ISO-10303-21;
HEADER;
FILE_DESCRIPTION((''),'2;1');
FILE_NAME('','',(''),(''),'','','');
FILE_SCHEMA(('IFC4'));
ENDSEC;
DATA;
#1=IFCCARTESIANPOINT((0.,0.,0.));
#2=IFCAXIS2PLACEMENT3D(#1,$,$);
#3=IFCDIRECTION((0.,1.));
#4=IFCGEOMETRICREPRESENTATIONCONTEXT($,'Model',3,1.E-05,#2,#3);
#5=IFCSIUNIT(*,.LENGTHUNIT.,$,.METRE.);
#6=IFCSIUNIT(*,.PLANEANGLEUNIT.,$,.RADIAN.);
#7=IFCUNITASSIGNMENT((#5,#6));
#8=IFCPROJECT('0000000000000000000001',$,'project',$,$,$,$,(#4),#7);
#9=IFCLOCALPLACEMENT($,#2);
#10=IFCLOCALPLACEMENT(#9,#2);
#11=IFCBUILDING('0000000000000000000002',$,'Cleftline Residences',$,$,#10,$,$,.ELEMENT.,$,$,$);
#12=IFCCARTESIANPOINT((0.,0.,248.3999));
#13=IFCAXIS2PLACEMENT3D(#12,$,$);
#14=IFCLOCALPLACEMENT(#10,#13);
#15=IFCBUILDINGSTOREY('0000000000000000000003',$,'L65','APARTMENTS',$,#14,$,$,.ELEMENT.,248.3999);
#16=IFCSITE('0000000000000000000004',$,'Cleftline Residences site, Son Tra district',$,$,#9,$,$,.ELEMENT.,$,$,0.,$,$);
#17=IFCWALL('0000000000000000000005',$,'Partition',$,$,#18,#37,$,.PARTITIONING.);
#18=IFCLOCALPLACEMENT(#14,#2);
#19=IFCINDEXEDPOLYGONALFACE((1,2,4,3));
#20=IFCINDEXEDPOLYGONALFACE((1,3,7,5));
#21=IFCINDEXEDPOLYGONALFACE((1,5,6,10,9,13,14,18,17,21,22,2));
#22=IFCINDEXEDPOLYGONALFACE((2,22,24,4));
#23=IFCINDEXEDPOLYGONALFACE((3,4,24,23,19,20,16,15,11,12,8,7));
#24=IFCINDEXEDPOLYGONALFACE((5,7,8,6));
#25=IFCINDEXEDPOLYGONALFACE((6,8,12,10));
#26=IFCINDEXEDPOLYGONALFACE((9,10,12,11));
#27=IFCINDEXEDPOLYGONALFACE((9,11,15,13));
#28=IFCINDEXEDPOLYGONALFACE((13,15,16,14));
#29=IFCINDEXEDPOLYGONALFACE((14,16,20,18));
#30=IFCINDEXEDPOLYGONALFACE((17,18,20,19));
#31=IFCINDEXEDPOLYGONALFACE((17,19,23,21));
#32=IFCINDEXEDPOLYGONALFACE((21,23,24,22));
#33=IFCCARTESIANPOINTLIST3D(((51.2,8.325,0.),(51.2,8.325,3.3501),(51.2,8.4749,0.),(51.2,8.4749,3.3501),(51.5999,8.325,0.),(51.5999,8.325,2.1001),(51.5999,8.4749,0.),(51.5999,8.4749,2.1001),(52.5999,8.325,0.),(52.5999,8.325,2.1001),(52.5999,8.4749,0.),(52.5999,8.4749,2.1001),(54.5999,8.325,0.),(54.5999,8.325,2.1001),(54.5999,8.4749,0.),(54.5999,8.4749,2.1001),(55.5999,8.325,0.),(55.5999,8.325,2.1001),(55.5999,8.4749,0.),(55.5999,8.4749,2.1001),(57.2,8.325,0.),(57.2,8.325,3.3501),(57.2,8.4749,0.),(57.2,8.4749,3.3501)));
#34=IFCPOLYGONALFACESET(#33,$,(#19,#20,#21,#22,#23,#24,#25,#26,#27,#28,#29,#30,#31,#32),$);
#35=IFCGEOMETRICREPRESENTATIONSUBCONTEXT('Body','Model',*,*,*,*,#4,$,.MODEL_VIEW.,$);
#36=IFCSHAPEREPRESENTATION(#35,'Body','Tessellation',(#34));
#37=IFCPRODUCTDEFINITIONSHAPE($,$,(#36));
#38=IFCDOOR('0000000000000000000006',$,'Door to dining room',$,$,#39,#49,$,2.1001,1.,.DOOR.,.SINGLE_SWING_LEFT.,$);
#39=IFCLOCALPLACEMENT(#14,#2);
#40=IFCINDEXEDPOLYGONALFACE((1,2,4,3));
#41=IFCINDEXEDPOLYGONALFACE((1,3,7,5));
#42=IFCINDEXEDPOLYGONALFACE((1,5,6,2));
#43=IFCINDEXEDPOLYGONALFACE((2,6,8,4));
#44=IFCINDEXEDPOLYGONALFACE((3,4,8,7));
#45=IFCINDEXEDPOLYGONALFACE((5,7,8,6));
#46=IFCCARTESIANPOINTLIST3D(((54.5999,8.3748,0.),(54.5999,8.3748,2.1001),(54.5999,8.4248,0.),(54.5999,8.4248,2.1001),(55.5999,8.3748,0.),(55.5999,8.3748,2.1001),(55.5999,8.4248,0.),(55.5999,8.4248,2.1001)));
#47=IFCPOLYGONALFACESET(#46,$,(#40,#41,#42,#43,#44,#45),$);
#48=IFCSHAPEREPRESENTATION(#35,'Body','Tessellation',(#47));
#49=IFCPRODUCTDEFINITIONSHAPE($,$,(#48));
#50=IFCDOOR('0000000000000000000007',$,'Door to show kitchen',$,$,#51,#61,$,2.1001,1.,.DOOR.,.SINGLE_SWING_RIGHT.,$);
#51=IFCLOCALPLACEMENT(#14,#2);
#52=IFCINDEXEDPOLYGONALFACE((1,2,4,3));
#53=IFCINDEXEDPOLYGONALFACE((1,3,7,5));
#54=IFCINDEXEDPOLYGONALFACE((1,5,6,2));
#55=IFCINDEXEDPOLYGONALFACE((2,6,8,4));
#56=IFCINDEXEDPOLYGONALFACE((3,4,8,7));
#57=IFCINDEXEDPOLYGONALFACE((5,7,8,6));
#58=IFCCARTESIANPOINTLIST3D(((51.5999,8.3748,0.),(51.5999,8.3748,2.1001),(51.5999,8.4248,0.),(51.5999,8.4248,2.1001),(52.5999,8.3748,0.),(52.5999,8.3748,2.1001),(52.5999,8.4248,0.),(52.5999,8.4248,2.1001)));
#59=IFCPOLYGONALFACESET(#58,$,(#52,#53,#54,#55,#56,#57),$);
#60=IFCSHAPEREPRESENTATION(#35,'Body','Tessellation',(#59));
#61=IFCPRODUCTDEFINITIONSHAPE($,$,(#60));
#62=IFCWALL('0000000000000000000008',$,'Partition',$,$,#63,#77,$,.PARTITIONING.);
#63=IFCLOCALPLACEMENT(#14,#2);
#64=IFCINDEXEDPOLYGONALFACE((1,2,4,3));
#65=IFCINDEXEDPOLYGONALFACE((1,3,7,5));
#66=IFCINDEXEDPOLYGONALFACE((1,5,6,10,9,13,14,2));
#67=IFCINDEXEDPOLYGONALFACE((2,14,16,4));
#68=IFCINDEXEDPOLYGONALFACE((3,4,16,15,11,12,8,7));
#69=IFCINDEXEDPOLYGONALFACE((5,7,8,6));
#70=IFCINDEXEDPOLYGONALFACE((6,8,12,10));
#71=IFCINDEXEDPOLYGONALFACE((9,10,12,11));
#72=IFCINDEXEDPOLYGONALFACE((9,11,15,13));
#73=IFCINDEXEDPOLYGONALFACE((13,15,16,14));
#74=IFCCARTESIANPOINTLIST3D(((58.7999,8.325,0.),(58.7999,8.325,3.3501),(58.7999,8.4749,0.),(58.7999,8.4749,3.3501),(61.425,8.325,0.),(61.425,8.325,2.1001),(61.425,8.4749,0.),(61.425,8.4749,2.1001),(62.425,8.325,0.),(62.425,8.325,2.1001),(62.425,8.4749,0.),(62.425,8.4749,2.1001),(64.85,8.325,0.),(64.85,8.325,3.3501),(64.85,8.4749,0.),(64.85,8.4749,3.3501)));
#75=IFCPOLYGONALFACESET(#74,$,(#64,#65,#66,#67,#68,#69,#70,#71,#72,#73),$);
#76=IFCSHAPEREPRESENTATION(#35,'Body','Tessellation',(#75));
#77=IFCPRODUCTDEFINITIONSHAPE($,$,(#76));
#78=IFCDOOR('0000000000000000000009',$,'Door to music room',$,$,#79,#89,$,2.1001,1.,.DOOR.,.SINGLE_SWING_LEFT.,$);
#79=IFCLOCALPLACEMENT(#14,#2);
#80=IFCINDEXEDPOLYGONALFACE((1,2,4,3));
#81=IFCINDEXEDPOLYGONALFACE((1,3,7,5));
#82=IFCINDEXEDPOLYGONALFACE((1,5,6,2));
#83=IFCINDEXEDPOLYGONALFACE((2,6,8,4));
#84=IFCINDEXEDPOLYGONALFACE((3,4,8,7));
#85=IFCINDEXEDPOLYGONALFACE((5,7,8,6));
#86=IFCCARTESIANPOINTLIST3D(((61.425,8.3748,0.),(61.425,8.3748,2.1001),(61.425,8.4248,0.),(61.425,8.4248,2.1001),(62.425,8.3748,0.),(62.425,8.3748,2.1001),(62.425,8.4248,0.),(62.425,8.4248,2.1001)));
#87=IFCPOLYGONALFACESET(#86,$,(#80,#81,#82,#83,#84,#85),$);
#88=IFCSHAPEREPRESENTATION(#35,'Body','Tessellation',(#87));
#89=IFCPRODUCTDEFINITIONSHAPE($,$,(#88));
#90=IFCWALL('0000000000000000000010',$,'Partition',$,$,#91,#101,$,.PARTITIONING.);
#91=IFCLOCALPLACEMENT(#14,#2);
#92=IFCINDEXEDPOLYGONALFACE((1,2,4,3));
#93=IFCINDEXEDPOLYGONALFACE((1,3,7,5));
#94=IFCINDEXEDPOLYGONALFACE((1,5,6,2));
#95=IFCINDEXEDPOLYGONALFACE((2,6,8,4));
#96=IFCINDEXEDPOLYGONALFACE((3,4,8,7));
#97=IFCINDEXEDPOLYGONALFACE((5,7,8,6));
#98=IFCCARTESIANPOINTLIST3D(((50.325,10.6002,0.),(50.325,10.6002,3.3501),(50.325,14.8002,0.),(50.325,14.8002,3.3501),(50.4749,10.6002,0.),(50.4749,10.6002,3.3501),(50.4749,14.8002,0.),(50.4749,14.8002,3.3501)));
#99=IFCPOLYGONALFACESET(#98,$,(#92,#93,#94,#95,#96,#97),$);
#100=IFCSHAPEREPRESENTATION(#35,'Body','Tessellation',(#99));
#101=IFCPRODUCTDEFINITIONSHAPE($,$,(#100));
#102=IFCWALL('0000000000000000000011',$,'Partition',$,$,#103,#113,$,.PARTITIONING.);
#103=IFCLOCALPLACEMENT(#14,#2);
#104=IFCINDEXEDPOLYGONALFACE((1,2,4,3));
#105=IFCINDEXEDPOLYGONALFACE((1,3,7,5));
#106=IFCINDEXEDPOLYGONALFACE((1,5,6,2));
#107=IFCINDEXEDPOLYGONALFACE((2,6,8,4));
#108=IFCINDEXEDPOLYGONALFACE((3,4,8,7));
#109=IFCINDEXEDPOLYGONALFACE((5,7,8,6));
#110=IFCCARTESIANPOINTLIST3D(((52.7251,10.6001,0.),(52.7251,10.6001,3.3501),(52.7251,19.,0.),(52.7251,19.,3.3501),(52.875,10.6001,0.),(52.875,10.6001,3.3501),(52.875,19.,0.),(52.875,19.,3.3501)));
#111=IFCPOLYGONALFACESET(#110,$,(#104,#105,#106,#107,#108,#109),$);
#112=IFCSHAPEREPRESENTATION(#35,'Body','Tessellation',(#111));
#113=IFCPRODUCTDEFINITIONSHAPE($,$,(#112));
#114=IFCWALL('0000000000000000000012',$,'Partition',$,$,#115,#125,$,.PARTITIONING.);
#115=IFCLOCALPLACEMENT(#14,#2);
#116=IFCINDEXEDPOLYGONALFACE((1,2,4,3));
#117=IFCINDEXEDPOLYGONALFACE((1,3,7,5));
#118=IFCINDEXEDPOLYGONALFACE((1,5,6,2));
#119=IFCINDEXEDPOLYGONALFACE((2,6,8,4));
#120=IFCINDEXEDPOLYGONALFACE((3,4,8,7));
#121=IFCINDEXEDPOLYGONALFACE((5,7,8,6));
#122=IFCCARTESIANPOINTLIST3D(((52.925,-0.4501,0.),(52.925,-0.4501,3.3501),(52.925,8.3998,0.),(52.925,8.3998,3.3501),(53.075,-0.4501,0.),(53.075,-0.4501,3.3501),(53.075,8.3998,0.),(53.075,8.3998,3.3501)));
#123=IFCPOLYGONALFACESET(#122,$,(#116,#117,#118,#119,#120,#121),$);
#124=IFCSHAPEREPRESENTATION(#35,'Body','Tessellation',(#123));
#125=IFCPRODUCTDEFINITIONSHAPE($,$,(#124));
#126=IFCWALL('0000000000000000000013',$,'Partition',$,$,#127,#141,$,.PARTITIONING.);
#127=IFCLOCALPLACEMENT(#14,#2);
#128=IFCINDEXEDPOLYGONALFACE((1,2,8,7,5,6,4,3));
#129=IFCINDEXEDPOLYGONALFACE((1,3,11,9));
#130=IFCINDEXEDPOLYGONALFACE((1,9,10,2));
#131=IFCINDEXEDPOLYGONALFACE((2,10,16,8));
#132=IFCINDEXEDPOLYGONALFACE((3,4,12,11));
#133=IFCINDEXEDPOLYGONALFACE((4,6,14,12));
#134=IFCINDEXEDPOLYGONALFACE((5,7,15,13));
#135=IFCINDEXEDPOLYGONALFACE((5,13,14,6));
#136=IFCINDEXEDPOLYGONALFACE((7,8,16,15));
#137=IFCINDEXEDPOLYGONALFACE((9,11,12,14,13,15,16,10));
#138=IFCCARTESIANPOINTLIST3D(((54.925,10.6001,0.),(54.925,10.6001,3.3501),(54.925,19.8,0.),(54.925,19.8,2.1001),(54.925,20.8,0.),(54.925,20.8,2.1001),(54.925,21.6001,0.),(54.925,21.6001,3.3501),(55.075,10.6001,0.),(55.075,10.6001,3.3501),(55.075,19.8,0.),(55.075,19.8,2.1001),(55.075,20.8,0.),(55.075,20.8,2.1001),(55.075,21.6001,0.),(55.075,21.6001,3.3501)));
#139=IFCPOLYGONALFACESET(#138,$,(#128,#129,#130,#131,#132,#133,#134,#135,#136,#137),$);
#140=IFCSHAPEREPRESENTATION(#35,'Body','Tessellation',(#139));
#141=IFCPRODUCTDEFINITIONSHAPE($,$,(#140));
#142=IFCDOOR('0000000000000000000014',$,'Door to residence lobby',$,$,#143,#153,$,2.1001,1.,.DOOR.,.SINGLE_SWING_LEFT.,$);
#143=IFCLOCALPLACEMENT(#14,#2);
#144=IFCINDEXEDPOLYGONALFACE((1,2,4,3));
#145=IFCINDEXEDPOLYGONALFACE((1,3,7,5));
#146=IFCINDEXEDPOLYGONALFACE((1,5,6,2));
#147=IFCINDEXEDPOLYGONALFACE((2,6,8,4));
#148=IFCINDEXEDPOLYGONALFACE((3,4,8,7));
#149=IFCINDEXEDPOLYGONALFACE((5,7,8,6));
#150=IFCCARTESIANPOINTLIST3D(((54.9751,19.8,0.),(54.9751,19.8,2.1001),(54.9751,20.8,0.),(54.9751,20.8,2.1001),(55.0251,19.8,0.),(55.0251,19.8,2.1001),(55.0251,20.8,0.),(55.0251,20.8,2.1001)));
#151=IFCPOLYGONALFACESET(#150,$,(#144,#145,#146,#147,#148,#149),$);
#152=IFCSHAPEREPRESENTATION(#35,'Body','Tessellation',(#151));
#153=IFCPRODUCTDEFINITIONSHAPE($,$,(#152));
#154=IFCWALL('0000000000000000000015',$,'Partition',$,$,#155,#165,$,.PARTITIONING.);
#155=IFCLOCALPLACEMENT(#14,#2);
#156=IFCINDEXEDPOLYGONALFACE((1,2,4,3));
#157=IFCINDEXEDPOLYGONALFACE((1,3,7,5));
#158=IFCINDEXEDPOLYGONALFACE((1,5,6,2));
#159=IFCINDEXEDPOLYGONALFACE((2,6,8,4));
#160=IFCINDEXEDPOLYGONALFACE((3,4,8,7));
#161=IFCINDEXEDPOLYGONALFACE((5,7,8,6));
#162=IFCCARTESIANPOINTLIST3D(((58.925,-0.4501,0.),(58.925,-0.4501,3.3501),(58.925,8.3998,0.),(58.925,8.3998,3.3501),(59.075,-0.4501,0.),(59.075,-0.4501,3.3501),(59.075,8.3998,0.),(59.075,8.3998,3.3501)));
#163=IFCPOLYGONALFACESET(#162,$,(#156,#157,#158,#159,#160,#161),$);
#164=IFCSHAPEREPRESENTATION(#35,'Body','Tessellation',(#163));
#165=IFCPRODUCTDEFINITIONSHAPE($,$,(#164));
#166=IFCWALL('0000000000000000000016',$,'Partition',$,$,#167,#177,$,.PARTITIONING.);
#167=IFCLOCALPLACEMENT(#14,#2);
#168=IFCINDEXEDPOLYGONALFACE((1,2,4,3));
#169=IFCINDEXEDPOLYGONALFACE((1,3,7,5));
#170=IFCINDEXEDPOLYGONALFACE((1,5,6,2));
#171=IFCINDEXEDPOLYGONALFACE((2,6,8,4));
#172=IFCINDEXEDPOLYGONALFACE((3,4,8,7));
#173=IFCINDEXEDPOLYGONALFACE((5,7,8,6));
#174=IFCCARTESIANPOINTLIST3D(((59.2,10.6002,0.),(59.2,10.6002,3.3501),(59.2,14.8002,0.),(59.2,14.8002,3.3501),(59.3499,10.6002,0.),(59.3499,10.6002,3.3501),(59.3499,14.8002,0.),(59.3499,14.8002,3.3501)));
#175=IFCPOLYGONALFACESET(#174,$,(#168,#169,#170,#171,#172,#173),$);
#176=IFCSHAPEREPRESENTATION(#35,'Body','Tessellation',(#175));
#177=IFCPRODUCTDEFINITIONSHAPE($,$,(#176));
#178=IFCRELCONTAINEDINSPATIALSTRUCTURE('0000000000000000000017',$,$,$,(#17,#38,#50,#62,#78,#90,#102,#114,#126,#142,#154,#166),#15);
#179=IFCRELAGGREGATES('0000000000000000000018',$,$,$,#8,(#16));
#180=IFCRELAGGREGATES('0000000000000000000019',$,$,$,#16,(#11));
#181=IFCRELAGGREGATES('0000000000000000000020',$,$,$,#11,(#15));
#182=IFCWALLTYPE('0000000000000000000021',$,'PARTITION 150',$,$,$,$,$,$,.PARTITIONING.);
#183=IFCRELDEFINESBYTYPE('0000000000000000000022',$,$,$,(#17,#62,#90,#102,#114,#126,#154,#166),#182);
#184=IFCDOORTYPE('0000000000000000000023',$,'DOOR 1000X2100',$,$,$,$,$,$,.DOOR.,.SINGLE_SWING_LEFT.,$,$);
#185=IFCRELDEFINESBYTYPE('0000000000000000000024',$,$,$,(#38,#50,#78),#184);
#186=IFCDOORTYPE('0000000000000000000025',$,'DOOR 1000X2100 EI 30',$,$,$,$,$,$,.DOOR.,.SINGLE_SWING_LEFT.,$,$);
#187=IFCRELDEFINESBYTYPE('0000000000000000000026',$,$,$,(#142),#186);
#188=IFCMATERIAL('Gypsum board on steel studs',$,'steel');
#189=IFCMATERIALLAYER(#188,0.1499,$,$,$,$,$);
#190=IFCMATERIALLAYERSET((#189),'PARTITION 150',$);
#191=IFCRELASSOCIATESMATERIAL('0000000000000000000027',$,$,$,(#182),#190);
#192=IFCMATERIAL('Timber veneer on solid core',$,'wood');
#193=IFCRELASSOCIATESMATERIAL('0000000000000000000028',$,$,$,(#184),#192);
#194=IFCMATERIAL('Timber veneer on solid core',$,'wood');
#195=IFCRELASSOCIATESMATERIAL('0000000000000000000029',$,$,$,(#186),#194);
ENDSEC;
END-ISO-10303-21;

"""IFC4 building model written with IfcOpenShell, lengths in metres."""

from ifc_helpers import new_model, si_unit, direction, frame, frame_2d, origin, place, context, subcontext, project, spatial, rectangle, extrude, material, layer, layer_set, type_object, element, fill, save


model = new_model("IFC4")

# Units and contexts
model_context = context("Model", 3, precision=1e-05, world=origin(), true_north=direction((0.0, 1.0)))
body_context = subcontext(model_context, "Body", "Model", "MODEL_VIEW")
ifc_project = project(units=[si_unit("LENGTHUNIT", "METRE"), si_unit("PLANEANGLEUNIT", "RADIAN")], contexts=[model_context])

# Site, building, storey
site_placement = place(None, origin())
site = spatial("IfcSite", under=ifc_project, at=site_placement, Name="Cleftline Residences site, Son Tra district", CompositionType="ELEMENT", RefElevation=0.0)
building_placement = place(site_placement, origin())
building = spatial("IfcBuilding", under=site, at=building_placement, Name="Cleftline Residences", CompositionType="ELEMENT")
storey_placement = place(building_placement, frame((0.0, 0.0, 248.3999)))
storey = spatial("IfcBuildingStorey", under=building, at=storey_placement, Name="L65", Description="APARTMENTS", CompositionType="ELEMENT", Elevation=248.3999)

# Wall, openings, doors
ifc_material_1 = material(Name="Gypsum board on steel studs", Category="steel")
ifc_layer_1 = layer(ifc_material_1, 0.1499)
ifc_layer_set_1 = layer_set([ifc_layer_1], Name="PARTITION 150")
wall_type_1 = type_object("IfcWallType", Name="PARTITION 150", PredefinedType="PARTITIONING", material=ifc_layer_set_1)
wall_1_placement = place(storey_placement, frame((51.2, 8.3999, 0.0), z_axis=(0.0, 0.0, 1.0), x_axis=(1.0, 0.0, 0.0)))
wall_1 = element("IfcWall", 1, at=wall_1_placement, inside=storey, type_object=wall_type_1, Name="Partition", PredefinedType="PARTITIONING", context=body_context, shape_type="SweptSolid", body=[
    extrude(rectangle(XDim=6.0, YDim=0.1499, at=frame_2d((3.0, 0.0))), origin(), (0.0, 0.0, 1.0), 3.3501),
])
opening_1_placement = place(wall_1_placement, frame((3.3999, 0.0, 0.0)))
opening_1 = element("IfcOpeningElement", 2, at=opening_1_placement, cuts=wall_1, PredefinedType="OPENING", context=body_context, shape_type="SweptSolid", body=[
    extrude(rectangle(XDim=1.0, YDim=2.1001, at=frame_2d((0.5, 1.05))), frame((0.0, 0.085, 0.0), z_axis=(0.0, -1.0, 0.0), x_axis=(1.0, 0.0, 0.0)), (0.0, 0.0, 1.0), 0.1699),
])
opening_2_placement = place(wall_1_placement, frame((0.3999, 0.0, 0.0)))
opening_2 = element("IfcOpeningElement", 3, at=opening_2_placement, cuts=wall_1, PredefinedType="OPENING", context=body_context, shape_type="SweptSolid", body=[
    extrude(rectangle(XDim=1.0, YDim=2.1001, at=frame_2d((0.5, 1.05))), frame((0.0, 0.085, 0.0), z_axis=(0.0, -1.0, 0.0), x_axis=(1.0, 0.0, 0.0)), (0.0, 0.0, 1.0), 0.1699),
])
ifc_material_2 = material(Name="Timber veneer on solid core", Category="wood")
door_type_1 = type_object("IfcDoorType", Name="DOOR 1000X2100", OperationType="SINGLE_SWING_LEFT", PredefinedType="DOOR", material=ifc_material_2)
door_1_placement = place(opening_1_placement, origin())
door_1 = element("IfcDoor", 4, at=door_1_placement, inside=storey, type_object=door_type_1, Name="Door to dining room", OperationType="SINGLE_SWING_LEFT", OverallHeight=2.1001, OverallWidth=1.0, PredefinedType="DOOR", context=body_context, shape_type="SweptSolid", body=[
    extrude(rectangle(XDim=1.0, YDim=2.1001, at=frame_2d((0.5, 1.05))), frame((0.0, 0.0249, 0.0), z_axis=(0.0, -1.0, 0.0), x_axis=(1.0, 0.0, 0.0)), (0.0, 0.0, 1.0), 0.05),
])
fill(opening_1, door_1)
door_2_placement = place(opening_2_placement, origin())
door_2 = element("IfcDoor", 5, at=door_2_placement, inside=storey, type_object=door_type_1, Name="Door to show kitchen", OperationType="SINGLE_SWING_RIGHT", OverallHeight=2.1001, OverallWidth=1.0, PredefinedType="DOOR", context=body_context, shape_type="SweptSolid", body=[
    extrude(rectangle(XDim=1.0, YDim=2.1001, at=frame_2d((0.5, 1.05))), frame((0.0, 0.0249, 0.0), z_axis=(0.0, -1.0, 0.0), x_axis=(1.0, 0.0, 0.0)), (0.0, 0.0, 1.0), 0.05),
])
fill(opening_2, door_2)

# Wall, opening, door
wall_2_placement = place(storey_placement, frame((58.8, 8.3999, 0.0), z_axis=(0.0, 0.0, 1.0), x_axis=(1.0, 0.0, 0.0)))
wall_2 = element("IfcWall", 6, at=wall_2_placement, inside=storey, type_object=wall_type_1, Name="Partition", PredefinedType="PARTITIONING", context=body_context, shape_type="SweptSolid", body=[
    extrude(rectangle(XDim=6.05, YDim=0.1499, at=frame_2d((3.0249, 0.0))), origin(), (0.0, 0.0, 1.0), 3.3501),
])
opening_3_placement = place(wall_2_placement, frame((2.625, 0.0, 0.0)))
opening_3 = element("IfcOpeningElement", 7, at=opening_3_placement, cuts=wall_2, PredefinedType="OPENING", context=body_context, shape_type="SweptSolid", body=[
    extrude(rectangle(XDim=1.0, YDim=2.1001, at=frame_2d((0.5, 1.05))), frame((0.0, 0.085, 0.0), z_axis=(0.0, -1.0, 0.0), x_axis=(1.0, 0.0, 0.0)), (0.0, 0.0, 1.0), 0.1699),
])
door_3_placement = place(opening_3_placement, origin())
door_3 = element("IfcDoor", 8, at=door_3_placement, inside=storey, type_object=door_type_1, Name="Door to music room", OperationType="SINGLE_SWING_LEFT", OverallHeight=2.1001, OverallWidth=1.0, PredefinedType="DOOR", context=body_context, shape_type="SweptSolid", body=[
    extrude(rectangle(XDim=1.0, YDim=2.1001, at=frame_2d((0.5, 1.05))), frame((0.0, 0.0249, 0.0), z_axis=(0.0, -1.0, 0.0), x_axis=(1.0, 0.0, 0.0)), (0.0, 0.0, 1.0), 0.05),
])
fill(opening_3, door_3)

# Walls
wall_3_placement = place(storey_placement, frame((50.3999, 10.6001, 0.0), z_axis=(0.0, 0.0, 1.0), x_axis=(0.0, 1.0, 0.0)))
element("IfcWall", 9, at=wall_3_placement, inside=storey, type_object=wall_type_1, Name="Partition", PredefinedType="PARTITIONING", context=body_context, shape_type="SweptSolid", body=[
    extrude(rectangle(XDim=4.2, YDim=0.1499, at=frame_2d((2.1001, 0.0))), origin(), (0.0, 0.0, 1.0), 3.3501),
])
wall_4_placement = place(storey_placement, frame((52.8, 10.6001, 0.0), z_axis=(0.0, 0.0, 1.0), x_axis=(0.0, 1.0, 0.0)))
element("IfcWall", 10, at=wall_4_placement, inside=storey, type_object=wall_type_1, Name="Partition", PredefinedType="PARTITIONING", context=body_context, shape_type="SweptSolid", body=[
    extrude(rectangle(XDim=8.3999, YDim=0.1499, at=frame_2d((4.2, 0.0))), origin(), (0.0, 0.0, 1.0), 3.3501),
])
wall_5_placement = place(storey_placement, frame((53.0, -0.45, 0.0), z_axis=(0.0, 0.0, 1.0), x_axis=(0.0, 1.0, 0.0)))
element("IfcWall", 11, at=wall_5_placement, inside=storey, type_object=wall_type_1, Name="Partition", PredefinedType="PARTITIONING", context=body_context, shape_type="SweptSolid", body=[
    extrude(rectangle(XDim=8.8499, YDim=0.1499, at=frame_2d((4.4248, 0.0))), origin(), (0.0, 0.0, 1.0), 3.3501),
])

# Wall, opening, door
wall_6_placement = place(storey_placement, frame((55.0, 10.6001, 0.0), z_axis=(0.0, 0.0, 1.0), x_axis=(0.0, 1.0, 0.0)))
wall_6 = element("IfcWall", 12, at=wall_6_placement, inside=storey, type_object=wall_type_1, Name="Partition", PredefinedType="PARTITIONING", context=body_context, shape_type="SweptSolid", body=[
    extrude(rectangle(XDim=11.0, YDim=0.1499, at=frame_2d((5.5, 0.0))), origin(), (0.0, 0.0, 1.0), 3.3501),
])
opening_4_placement = place(wall_6_placement, frame((9.2, 0.0, 0.0)))
opening_4 = element("IfcOpeningElement", 13, at=opening_4_placement, cuts=wall_6, PredefinedType="OPENING", context=body_context, shape_type="SweptSolid", body=[
    extrude(rectangle(XDim=1.0, YDim=2.1001, at=frame_2d((0.5, 1.05))), frame((0.0, 0.085, 0.0), z_axis=(0.0, -1.0, 0.0), x_axis=(1.0, 0.0, 0.0)), (0.0, 0.0, 1.0), 0.1699),
])
ifc_material_3 = material(Name="Timber veneer on solid core", Category="wood")
door_type_2 = type_object("IfcDoorType", Name="DOOR 1000X2100 EI 30", OperationType="SINGLE_SWING_LEFT", PredefinedType="DOOR", material=ifc_material_3)
door_4_placement = place(opening_4_placement, origin())
door_4 = element("IfcDoor", 14, at=door_4_placement, inside=storey, type_object=door_type_2, Name="Door to residence lobby", OperationType="SINGLE_SWING_LEFT", OverallHeight=2.1001, OverallWidth=1.0, PredefinedType="DOOR", context=body_context, shape_type="SweptSolid", body=[
    extrude(rectangle(XDim=1.0, YDim=2.1001, at=frame_2d((0.5, 1.05))), frame((0.0, 0.0249, 0.0), z_axis=(0.0, -1.0, 0.0), x_axis=(1.0, 0.0, 0.0)), (0.0, 0.0, 1.0), 0.05),
])
fill(opening_4, door_4)

# Walls
wall_7_placement = place(storey_placement, frame((59.0, -0.45, 0.0), z_axis=(0.0, 0.0, 1.0), x_axis=(0.0, 1.0, 0.0)))
element("IfcWall", 15, at=wall_7_placement, inside=storey, type_object=wall_type_1, Name="Partition", PredefinedType="PARTITIONING", context=body_context, shape_type="SweptSolid", body=[
    extrude(rectangle(XDim=8.8499, YDim=0.1499, at=frame_2d((4.4248, 0.0))), origin(), (0.0, 0.0, 1.0), 3.3501),
])
wall_8_placement = place(storey_placement, frame((59.2749, 10.6001, 0.0), z_axis=(0.0, 0.0, 1.0), x_axis=(0.0, 1.0, 0.0)))
element("IfcWall", 16, at=wall_8_placement, inside=storey, type_object=wall_type_1, Name="Partition", PredefinedType="PARTITIONING", context=body_context, shape_type="SweptSolid", body=[
    extrude(rectangle(XDim=4.2, YDim=0.1499, at=frame_2d((2.1001, 0.0))), origin(), (0.0, 0.0, 1.0), 3.3501),
])

save(model, "model.ifc")
